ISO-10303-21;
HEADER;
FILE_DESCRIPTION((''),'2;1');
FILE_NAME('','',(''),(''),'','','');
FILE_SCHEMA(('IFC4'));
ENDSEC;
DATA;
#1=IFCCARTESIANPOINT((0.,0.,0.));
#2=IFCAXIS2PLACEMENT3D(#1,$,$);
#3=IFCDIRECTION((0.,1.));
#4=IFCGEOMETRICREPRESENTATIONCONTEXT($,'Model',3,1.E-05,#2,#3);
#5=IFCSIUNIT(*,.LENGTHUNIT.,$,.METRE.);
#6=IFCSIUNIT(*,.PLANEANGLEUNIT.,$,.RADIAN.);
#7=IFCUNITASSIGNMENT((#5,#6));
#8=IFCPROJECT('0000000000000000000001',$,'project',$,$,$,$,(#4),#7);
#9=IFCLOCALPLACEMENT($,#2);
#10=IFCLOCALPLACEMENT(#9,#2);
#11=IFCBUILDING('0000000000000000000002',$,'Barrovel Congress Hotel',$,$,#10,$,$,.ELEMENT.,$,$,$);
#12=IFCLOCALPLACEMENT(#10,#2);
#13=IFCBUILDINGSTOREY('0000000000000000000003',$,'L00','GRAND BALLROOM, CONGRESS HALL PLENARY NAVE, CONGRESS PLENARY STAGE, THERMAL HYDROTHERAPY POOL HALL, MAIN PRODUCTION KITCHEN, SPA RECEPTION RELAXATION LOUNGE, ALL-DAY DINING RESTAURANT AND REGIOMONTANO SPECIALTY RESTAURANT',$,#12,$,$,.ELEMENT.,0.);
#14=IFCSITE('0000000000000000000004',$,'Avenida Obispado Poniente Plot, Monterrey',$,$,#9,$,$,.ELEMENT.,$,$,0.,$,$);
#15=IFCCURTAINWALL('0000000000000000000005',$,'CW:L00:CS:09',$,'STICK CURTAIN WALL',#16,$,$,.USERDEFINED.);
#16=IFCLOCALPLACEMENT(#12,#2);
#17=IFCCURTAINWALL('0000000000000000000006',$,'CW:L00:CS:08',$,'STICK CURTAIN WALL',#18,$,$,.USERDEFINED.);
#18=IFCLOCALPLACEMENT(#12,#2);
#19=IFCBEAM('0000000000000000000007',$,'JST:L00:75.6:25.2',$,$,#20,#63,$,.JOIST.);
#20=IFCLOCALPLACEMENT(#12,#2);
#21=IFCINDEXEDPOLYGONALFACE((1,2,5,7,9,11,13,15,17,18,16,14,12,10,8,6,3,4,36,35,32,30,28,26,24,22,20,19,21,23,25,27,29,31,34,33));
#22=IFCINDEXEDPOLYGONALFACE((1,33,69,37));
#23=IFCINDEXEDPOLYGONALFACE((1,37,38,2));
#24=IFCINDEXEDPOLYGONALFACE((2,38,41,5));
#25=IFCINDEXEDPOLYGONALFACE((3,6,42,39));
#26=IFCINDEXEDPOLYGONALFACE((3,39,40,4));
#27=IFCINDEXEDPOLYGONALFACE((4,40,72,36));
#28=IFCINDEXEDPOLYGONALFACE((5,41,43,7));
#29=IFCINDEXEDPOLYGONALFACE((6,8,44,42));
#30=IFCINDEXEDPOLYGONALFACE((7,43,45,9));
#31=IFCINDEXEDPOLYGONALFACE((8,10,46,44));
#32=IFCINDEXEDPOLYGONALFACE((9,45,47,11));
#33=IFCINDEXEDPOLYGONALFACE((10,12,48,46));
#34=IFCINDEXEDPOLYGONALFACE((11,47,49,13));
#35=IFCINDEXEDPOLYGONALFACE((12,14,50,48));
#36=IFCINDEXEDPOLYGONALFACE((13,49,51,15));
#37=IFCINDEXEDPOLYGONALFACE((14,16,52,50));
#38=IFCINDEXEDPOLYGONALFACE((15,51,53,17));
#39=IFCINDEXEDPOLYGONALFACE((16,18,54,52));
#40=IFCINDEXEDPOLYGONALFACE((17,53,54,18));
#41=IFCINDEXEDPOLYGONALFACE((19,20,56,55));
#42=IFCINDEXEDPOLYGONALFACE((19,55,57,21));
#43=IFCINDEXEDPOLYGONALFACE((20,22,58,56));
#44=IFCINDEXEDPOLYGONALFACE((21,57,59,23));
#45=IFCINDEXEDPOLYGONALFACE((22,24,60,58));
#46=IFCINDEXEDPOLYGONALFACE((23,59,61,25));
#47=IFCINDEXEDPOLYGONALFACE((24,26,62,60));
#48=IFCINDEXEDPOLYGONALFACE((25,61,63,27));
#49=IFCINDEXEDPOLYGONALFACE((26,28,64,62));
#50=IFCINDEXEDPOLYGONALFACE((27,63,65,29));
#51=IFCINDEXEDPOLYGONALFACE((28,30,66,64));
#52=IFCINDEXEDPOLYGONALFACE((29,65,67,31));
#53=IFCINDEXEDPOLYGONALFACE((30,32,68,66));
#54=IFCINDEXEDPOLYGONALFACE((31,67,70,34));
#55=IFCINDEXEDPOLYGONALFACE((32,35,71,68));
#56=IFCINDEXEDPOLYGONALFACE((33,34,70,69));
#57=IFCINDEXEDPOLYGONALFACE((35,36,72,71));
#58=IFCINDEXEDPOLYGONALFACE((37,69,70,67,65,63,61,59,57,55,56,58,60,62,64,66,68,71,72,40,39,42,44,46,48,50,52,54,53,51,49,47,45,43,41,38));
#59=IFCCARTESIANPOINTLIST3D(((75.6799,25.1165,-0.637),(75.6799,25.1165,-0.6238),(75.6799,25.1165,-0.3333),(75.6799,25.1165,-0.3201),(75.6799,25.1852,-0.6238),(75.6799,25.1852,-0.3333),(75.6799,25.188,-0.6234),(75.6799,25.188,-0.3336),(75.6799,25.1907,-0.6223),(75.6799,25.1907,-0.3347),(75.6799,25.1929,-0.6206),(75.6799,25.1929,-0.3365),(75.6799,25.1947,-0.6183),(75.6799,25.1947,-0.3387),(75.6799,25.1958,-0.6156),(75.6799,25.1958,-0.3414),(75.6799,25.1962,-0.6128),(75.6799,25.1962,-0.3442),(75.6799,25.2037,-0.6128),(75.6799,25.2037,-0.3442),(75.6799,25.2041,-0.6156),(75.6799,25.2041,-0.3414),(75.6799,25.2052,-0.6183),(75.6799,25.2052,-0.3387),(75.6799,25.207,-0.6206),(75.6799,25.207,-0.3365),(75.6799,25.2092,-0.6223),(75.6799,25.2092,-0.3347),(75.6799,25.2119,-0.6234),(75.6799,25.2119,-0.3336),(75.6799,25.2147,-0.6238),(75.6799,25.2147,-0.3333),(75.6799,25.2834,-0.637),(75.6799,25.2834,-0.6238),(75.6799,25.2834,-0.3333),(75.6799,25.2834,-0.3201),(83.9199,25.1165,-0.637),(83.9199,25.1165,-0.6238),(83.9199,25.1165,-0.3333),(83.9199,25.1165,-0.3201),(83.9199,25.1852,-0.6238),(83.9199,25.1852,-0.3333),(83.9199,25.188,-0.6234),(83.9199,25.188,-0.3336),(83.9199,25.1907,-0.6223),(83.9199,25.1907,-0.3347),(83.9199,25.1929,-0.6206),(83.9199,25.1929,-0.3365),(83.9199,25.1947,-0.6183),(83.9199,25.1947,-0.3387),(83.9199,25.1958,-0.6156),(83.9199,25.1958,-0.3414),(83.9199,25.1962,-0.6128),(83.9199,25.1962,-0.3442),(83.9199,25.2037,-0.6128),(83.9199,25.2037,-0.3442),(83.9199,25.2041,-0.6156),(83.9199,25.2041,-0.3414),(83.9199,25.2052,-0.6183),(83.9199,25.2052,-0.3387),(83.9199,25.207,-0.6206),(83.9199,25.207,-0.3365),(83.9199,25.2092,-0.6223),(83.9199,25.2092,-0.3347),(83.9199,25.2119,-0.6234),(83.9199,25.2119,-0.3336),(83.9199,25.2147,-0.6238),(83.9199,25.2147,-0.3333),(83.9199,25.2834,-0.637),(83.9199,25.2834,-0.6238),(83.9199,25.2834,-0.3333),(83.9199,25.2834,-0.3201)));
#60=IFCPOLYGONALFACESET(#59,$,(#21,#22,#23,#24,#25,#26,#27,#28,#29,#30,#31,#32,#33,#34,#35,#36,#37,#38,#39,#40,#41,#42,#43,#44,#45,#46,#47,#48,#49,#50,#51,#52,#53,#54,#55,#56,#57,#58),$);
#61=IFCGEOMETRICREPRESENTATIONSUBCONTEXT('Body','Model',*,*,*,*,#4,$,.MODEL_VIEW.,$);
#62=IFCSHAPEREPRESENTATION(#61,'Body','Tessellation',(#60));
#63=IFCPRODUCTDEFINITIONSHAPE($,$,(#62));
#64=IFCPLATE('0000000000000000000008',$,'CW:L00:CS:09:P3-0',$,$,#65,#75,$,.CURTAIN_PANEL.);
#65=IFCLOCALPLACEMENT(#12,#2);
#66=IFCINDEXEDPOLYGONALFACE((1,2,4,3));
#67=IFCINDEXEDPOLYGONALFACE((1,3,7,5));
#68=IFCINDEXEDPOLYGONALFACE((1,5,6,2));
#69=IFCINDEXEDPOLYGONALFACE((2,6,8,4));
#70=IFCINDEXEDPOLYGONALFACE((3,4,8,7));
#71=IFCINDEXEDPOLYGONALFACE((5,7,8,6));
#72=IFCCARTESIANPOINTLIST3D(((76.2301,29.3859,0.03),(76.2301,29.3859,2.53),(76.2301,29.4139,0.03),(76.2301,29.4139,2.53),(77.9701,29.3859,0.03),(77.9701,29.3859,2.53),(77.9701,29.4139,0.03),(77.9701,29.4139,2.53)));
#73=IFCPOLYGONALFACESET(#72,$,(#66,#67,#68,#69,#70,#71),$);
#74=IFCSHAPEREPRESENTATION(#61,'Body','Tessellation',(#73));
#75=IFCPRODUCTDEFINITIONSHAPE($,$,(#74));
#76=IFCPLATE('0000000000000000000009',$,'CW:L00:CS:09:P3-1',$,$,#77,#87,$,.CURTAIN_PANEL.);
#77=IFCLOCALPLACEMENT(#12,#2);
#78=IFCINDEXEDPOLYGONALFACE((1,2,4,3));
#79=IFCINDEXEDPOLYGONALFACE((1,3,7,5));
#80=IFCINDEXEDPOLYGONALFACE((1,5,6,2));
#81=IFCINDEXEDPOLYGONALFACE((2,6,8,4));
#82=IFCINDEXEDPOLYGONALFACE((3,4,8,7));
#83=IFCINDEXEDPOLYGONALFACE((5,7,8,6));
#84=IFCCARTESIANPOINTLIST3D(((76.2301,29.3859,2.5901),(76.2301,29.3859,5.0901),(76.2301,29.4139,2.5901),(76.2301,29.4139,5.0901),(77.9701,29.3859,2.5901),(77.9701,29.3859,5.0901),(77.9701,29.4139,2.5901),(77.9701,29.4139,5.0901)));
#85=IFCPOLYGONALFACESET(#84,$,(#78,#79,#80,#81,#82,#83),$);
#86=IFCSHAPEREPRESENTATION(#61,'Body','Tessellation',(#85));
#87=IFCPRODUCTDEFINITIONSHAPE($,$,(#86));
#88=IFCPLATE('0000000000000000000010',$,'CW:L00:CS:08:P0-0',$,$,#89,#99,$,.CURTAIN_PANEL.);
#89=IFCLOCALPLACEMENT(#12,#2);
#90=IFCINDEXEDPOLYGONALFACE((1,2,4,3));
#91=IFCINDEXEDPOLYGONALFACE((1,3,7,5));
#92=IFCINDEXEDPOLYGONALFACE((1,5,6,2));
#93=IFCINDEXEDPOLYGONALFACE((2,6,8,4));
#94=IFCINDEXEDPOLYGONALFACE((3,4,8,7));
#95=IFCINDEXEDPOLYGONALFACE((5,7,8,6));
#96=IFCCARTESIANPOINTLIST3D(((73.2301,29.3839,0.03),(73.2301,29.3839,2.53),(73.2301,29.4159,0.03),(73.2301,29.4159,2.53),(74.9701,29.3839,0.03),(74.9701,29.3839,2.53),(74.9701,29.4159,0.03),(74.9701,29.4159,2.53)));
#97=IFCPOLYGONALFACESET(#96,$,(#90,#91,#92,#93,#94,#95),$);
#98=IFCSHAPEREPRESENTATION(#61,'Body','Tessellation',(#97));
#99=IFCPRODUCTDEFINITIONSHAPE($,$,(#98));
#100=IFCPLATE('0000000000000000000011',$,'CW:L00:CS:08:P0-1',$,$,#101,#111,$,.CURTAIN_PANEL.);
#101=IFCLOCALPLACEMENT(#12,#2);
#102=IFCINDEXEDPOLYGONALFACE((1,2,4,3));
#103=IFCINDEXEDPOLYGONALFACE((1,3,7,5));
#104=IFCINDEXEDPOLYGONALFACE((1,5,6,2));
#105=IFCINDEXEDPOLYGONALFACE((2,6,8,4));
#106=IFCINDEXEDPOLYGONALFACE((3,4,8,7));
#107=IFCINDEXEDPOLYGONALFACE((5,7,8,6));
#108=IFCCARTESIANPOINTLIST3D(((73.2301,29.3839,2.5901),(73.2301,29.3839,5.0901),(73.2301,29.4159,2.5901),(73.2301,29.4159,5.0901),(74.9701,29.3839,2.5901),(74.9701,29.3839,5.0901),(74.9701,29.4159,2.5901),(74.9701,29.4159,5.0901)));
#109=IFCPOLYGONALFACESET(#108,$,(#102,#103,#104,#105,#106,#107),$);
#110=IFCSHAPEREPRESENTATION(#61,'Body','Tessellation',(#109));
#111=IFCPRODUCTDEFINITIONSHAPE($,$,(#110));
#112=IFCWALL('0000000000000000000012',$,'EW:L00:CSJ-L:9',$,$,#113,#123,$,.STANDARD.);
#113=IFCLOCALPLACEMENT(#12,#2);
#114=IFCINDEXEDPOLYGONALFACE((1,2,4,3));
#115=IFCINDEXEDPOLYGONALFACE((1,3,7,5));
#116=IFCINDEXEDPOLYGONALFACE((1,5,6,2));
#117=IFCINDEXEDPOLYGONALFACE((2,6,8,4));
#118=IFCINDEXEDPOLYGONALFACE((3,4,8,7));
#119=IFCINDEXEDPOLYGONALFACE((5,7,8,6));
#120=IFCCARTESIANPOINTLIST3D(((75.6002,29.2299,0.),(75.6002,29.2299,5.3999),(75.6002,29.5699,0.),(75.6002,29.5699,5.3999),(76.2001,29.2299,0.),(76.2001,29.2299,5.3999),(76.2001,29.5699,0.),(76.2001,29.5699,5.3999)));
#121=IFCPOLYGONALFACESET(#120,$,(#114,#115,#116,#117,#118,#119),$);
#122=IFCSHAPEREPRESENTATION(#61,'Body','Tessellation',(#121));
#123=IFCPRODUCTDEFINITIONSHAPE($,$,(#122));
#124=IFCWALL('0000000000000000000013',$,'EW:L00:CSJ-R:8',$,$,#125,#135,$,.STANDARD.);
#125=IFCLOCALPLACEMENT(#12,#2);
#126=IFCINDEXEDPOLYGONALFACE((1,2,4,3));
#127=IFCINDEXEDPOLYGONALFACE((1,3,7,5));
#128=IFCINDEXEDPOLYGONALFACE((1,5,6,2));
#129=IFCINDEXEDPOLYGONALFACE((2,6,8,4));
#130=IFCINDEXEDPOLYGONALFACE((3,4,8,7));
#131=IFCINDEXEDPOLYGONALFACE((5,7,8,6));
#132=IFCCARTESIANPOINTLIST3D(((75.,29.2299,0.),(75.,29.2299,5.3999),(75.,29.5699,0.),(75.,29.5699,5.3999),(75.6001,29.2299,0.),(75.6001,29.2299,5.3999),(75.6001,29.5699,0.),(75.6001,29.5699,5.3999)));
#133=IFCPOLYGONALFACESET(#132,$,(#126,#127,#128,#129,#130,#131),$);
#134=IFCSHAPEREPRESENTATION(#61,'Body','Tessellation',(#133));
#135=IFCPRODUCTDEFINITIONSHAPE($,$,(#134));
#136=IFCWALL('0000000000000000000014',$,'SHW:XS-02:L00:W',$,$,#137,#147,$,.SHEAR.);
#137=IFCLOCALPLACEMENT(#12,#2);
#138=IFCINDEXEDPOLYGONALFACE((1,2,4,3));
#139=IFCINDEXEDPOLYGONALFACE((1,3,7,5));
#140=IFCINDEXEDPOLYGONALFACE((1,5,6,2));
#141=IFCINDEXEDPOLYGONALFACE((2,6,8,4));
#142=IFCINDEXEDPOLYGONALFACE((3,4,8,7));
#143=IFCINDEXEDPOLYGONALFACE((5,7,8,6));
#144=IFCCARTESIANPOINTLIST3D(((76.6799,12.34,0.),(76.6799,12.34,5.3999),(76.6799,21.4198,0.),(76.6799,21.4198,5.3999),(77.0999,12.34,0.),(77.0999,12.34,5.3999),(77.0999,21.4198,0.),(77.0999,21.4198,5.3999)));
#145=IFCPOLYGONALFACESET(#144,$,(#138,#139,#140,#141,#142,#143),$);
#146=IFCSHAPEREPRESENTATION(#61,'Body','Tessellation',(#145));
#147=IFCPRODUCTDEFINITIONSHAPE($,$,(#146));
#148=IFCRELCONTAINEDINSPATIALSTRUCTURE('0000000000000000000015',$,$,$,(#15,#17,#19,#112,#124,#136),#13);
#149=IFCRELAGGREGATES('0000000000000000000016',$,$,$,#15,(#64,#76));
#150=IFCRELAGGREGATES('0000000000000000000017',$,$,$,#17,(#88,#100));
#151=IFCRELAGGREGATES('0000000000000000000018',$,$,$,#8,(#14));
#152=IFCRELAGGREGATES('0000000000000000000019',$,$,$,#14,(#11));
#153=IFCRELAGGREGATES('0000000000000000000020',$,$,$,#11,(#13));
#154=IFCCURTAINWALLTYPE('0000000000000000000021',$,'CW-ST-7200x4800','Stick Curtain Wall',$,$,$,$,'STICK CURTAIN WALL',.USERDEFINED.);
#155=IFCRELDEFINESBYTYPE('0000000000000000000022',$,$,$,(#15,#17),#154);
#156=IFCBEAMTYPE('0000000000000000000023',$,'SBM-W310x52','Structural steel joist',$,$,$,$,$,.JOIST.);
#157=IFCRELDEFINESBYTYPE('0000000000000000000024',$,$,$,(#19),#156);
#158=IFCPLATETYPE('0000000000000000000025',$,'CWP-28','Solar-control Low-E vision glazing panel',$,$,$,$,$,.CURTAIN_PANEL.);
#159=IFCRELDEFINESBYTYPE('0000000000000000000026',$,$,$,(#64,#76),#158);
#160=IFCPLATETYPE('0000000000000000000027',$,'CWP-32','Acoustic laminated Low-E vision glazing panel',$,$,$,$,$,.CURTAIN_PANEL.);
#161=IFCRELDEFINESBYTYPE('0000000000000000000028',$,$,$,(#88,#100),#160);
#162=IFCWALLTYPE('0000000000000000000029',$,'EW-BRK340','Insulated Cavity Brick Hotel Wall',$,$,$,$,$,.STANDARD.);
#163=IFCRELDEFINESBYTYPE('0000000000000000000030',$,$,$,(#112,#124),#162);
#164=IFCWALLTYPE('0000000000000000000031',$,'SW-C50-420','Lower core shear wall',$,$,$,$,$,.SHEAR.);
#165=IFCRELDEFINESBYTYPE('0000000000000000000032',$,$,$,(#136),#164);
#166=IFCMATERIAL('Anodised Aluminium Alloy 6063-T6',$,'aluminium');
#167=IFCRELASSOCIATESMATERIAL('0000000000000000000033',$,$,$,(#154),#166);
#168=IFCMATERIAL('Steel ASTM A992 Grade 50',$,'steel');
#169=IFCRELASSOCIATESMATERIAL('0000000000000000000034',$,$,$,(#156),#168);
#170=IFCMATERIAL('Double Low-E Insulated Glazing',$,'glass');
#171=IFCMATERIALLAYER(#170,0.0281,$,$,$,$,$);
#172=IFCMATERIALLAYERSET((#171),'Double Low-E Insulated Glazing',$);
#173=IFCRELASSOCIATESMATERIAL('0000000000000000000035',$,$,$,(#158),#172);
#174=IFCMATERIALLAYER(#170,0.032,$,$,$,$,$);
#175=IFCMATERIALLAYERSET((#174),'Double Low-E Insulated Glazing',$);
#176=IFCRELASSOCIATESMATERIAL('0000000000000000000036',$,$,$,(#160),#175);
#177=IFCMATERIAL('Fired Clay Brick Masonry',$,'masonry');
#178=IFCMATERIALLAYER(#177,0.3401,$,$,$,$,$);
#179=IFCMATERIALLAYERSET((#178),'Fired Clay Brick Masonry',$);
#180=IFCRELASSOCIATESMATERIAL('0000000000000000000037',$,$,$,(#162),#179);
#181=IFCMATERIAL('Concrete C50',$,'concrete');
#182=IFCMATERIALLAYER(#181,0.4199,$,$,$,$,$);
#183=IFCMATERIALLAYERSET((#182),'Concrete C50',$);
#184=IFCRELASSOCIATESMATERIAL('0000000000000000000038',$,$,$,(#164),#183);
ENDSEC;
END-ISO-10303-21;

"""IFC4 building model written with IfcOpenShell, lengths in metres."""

from ifc_helpers import new_model, si_unit, direction, frame, frame_2d, origin, origin_2d, place, context, subcontext, project, spatial, rectangle, i_section, extrude, material, layer, layer_set, material_profile, profile_set, type_object, element, aggregate, save


model = new_model("IFC4")

# Units and contexts
model_context = context("Model", 3, precision=1e-05, world=origin(), true_north=direction((0.0, 1.0)))
body_context = subcontext(model_context, "Body", "Model", "MODEL_VIEW")
ifc_project = project(units=[si_unit("LENGTHUNIT", "METRE"), si_unit("PLANEANGLEUNIT", "RADIAN")], contexts=[model_context])

# Site, building, storey
site_placement = place(None, origin())
site = spatial("IfcSite", under=ifc_project, at=site_placement, Name="Avenida Obispado Poniente Plot, Monterrey", CompositionType="ELEMENT", RefElevation=0.0)
building_placement = place(site_placement, origin())
building = spatial("IfcBuilding", under=site, at=building_placement, Name="Barrovel Congress Hotel", CompositionType="ELEMENT")
storey_placement = place(building_placement, origin())
storey = spatial("IfcBuildingStorey", under=building, at=storey_placement, Name="L00", Description="GRAND BALLROOM, CONGRESS HALL PLENARY NAVE, CONGRESS PLENARY STAGE, THERMAL HYDROTHERAPY POOL HALL, MAIN PRODUCTION KITCHEN, SPA RECEPTION RELAXATION LOUNGE, ALL-DAY DINING RESTAURANT AND REGIOMONTANO SPECIALTY RESTAURANT", CompositionType="ELEMENT", Elevation=0.0)

# Curtain walls
ifc_material_1 = material(Name="Anodised Aluminium Alloy 6063-T6", Category="aluminium")
curtain_wall_type = type_object("IfcCurtainWallType", Name="CW-ST-7200x4800", Description="Stick Curtain Wall", ElementType="STICK CURTAIN WALL", PredefinedType="USERDEFINED", material=ifc_material_1)
curtain_wall_1_placement = place(storey_placement, origin())
curtain_wall_1 = element("IfcCurtainWall", 1, at=curtain_wall_1_placement, inside=storey, type_object=curtain_wall_type, Name="CW:L00:CS:09", ObjectType="STICK CURTAIN WALL", PredefinedType="USERDEFINED")
curtain_wall_2_placement = place(storey_placement, origin())
curtain_wall_2 = element("IfcCurtainWall", 2, at=curtain_wall_2_placement, inside=storey, type_object=curtain_wall_type, Name="CW:L00:CS:08", ObjectType="STICK CURTAIN WALL", PredefinedType="USERDEFINED")

# Beam
ifc_material_2 = material(Name="Steel ASTM A992 Grade 50", Category="steel")
ifc_material_profile_1 = material_profile(ifc_material_2, i_section(OverallWidth=0.167, OverallDepth=0.3169, WebThickness=0.0076, FlangeThickness=0.0132, FilletRadius=0.011, at=origin_2d()), Name="W310x52")
ifc_profile_set_1 = profile_set([ifc_material_profile_1], Name="Steel ASTM A992 Grade 50")
beam_type_1 = type_object("IfcBeamType", Name="SBM-W310x52", Description="Structural steel joist", PredefinedType="JOIST", material=ifc_profile_set_1)
beam_1_placement = place(storey_placement, frame((75.6799, 25.2, -0.4785), z_axis=(1.0, 0.0, 0.0), x_axis=(0.0, 1.0, 0.0)))
element("IfcBeam", 3, at=beam_1_placement, inside=storey, type_object=beam_type_1, Name="JST:L00:75.6:25.2", PredefinedType="JOIST", context=body_context, shape_type="SweptSolid", body=[
    extrude(i_section(OverallWidth=0.167, OverallDepth=0.3169, WebThickness=0.0076, FlangeThickness=0.0132, FilletRadius=0.011, at=origin_2d()), origin(), (0.0, 0.0, 1.0), 8.24),
])

# Plates
ifc_material_3 = material(Name="Double Low-E Insulated Glazing", Category="glass")
ifc_layer_1 = layer(ifc_material_3, 0.0281)
ifc_layer_set_1 = layer_set([ifc_layer_1], Name="Double Low-E Insulated Glazing")
plate_type_1 = type_object("IfcPlateType", Name="CWP-28", Description="Solar-control Low-E vision glazing panel", PredefinedType="CURTAIN_PANEL", material=ifc_layer_set_1)
plate_1_placement = place(storey_placement, frame((77.1001, 29.3999, 0.03), z_axis=(0.0, 0.0, 1.0), x_axis=(-1.0, 0.0, 0.0)))
plate_1 = element("IfcPlate", 4, at=plate_1_placement, type_object=plate_type_1, Name="CW:L00:CS:09:P3-0", PredefinedType="CURTAIN_PANEL", context=body_context, shape_type="SweptSolid", body=[
    extrude(rectangle(XDim=1.74, YDim=0.0281, at=origin_2d()), origin(), (0.0, 0.0, 1.0), 2.5),
])
plate_2_placement = place(storey_placement, frame((77.1001, 29.3999, 2.5901), z_axis=(0.0, 0.0, 1.0), x_axis=(-1.0, 0.0, 0.0)))
plate_2 = element("IfcPlate", 5, at=plate_2_placement, type_object=plate_type_1, Name="CW:L00:CS:09:P3-1", PredefinedType="CURTAIN_PANEL", context=body_context, shape_type="SweptSolid", body=[
    extrude(rectangle(XDim=1.74, YDim=0.0281, at=origin_2d()), origin(), (0.0, 0.0, 1.0), 2.5),
])
aggregate(curtain_wall_1, [plate_1, plate_2])
ifc_layer_2 = layer(ifc_material_3, 0.032)
ifc_layer_set_2 = layer_set([ifc_layer_2], Name="Double Low-E Insulated Glazing")
plate_type_2 = type_object("IfcPlateType", Name="CWP-32", Description="Acoustic laminated Low-E vision glazing panel", PredefinedType="CURTAIN_PANEL", material=ifc_layer_set_2)
plate_3_placement = place(storey_placement, frame((74.1001, 29.3999, 0.03), z_axis=(0.0, 0.0, 1.0), x_axis=(-1.0, 0.0, 0.0)))
plate_3 = element("IfcPlate", 6, at=plate_3_placement, type_object=plate_type_2, Name="CW:L00:CS:08:P0-0", PredefinedType="CURTAIN_PANEL", context=body_context, shape_type="SweptSolid", body=[
    extrude(rectangle(XDim=1.74, YDim=0.032, at=origin_2d()), origin(), (0.0, 0.0, 1.0), 2.5),
])
plate_4_placement = place(storey_placement, frame((74.1001, 29.3999, 2.5901), z_axis=(0.0, 0.0, 1.0), x_axis=(-1.0, 0.0, 0.0)))
plate_4 = element("IfcPlate", 7, at=plate_4_placement, type_object=plate_type_2, Name="CW:L00:CS:08:P0-1", PredefinedType="CURTAIN_PANEL", context=body_context, shape_type="SweptSolid", body=[
    extrude(rectangle(XDim=1.74, YDim=0.032, at=origin_2d()), origin(), (0.0, 0.0, 1.0), 2.5),
])
aggregate(curtain_wall_2, [plate_3, plate_4])

# Walls
ifc_material_4 = material(Name="Fired Clay Brick Masonry", Category="masonry")
ifc_layer_3 = layer(ifc_material_4, 0.3401)
ifc_layer_set_3 = layer_set([ifc_layer_3], Name="Fired Clay Brick Masonry")
wall_type_1 = type_object("IfcWallType", Name="EW-BRK340", Description="Insulated Cavity Brick Hotel Wall", PredefinedType="STANDARD", material=ifc_layer_set_3)
wall_1_placement = place(storey_placement, frame((76.2, 29.3999, 0.0), z_axis=(0.0, 0.0, 1.0), x_axis=(-1.0, 0.0, 0.0)))
element("IfcWall", 8, at=wall_1_placement, inside=storey, type_object=wall_type_1, Name="EW:L00:CSJ-L:9", PredefinedType="STANDARD", context=body_context, shape_type="SweptSolid", body=[
    extrude(rectangle(XDim=0.5999, YDim=0.3401, at=frame_2d((0.2998, 0.0))), origin(), (0.0, 0.0, 1.0), 5.3999),
])
wall_2_placement = place(storey_placement, frame((75.6001, 29.3999, 0.0), z_axis=(0.0, 0.0, 1.0), x_axis=(-1.0, 0.0, 0.0)))
element("IfcWall", 9, at=wall_2_placement, inside=storey, type_object=wall_type_1, Name="EW:L00:CSJ-R:8", PredefinedType="STANDARD", context=body_context, shape_type="SweptSolid", body=[
    extrude(rectangle(XDim=0.6001, YDim=0.3401, at=frame_2d((0.3, 0.0))), origin(), (0.0, 0.0, 1.0), 5.3999),
])
ifc_material_5 = material(Name="Concrete C50", Category="concrete")
ifc_layer_4 = layer(ifc_material_5, 0.4199)
ifc_layer_set_4 = layer_set([ifc_layer_4], Name="Concrete C50")
wall_type_2 = type_object("IfcWallType", Name="SW-C50-420", Description="Lower core shear wall", PredefinedType="SHEAR", material=ifc_layer_set_4)
wall_3_placement = place(storey_placement, frame((76.8899, 21.4199, 0.0), z_axis=(0.0, 0.0, 1.0), x_axis=(0.0, -1.0, 0.0)))
element("IfcWall", 10, at=wall_3_placement, inside=storey, type_object=wall_type_2, Name="SHW:XS-02:L00:W", PredefinedType="SHEAR", context=body_context, shape_type="SweptSolid", body=[
    extrude(rectangle(XDim=9.0798, YDim=0.4199, at=frame_2d((4.54, 0.0))), origin(), (0.0, 0.0, 1.0), 5.3999),
])

save(model, "model.ifc")
